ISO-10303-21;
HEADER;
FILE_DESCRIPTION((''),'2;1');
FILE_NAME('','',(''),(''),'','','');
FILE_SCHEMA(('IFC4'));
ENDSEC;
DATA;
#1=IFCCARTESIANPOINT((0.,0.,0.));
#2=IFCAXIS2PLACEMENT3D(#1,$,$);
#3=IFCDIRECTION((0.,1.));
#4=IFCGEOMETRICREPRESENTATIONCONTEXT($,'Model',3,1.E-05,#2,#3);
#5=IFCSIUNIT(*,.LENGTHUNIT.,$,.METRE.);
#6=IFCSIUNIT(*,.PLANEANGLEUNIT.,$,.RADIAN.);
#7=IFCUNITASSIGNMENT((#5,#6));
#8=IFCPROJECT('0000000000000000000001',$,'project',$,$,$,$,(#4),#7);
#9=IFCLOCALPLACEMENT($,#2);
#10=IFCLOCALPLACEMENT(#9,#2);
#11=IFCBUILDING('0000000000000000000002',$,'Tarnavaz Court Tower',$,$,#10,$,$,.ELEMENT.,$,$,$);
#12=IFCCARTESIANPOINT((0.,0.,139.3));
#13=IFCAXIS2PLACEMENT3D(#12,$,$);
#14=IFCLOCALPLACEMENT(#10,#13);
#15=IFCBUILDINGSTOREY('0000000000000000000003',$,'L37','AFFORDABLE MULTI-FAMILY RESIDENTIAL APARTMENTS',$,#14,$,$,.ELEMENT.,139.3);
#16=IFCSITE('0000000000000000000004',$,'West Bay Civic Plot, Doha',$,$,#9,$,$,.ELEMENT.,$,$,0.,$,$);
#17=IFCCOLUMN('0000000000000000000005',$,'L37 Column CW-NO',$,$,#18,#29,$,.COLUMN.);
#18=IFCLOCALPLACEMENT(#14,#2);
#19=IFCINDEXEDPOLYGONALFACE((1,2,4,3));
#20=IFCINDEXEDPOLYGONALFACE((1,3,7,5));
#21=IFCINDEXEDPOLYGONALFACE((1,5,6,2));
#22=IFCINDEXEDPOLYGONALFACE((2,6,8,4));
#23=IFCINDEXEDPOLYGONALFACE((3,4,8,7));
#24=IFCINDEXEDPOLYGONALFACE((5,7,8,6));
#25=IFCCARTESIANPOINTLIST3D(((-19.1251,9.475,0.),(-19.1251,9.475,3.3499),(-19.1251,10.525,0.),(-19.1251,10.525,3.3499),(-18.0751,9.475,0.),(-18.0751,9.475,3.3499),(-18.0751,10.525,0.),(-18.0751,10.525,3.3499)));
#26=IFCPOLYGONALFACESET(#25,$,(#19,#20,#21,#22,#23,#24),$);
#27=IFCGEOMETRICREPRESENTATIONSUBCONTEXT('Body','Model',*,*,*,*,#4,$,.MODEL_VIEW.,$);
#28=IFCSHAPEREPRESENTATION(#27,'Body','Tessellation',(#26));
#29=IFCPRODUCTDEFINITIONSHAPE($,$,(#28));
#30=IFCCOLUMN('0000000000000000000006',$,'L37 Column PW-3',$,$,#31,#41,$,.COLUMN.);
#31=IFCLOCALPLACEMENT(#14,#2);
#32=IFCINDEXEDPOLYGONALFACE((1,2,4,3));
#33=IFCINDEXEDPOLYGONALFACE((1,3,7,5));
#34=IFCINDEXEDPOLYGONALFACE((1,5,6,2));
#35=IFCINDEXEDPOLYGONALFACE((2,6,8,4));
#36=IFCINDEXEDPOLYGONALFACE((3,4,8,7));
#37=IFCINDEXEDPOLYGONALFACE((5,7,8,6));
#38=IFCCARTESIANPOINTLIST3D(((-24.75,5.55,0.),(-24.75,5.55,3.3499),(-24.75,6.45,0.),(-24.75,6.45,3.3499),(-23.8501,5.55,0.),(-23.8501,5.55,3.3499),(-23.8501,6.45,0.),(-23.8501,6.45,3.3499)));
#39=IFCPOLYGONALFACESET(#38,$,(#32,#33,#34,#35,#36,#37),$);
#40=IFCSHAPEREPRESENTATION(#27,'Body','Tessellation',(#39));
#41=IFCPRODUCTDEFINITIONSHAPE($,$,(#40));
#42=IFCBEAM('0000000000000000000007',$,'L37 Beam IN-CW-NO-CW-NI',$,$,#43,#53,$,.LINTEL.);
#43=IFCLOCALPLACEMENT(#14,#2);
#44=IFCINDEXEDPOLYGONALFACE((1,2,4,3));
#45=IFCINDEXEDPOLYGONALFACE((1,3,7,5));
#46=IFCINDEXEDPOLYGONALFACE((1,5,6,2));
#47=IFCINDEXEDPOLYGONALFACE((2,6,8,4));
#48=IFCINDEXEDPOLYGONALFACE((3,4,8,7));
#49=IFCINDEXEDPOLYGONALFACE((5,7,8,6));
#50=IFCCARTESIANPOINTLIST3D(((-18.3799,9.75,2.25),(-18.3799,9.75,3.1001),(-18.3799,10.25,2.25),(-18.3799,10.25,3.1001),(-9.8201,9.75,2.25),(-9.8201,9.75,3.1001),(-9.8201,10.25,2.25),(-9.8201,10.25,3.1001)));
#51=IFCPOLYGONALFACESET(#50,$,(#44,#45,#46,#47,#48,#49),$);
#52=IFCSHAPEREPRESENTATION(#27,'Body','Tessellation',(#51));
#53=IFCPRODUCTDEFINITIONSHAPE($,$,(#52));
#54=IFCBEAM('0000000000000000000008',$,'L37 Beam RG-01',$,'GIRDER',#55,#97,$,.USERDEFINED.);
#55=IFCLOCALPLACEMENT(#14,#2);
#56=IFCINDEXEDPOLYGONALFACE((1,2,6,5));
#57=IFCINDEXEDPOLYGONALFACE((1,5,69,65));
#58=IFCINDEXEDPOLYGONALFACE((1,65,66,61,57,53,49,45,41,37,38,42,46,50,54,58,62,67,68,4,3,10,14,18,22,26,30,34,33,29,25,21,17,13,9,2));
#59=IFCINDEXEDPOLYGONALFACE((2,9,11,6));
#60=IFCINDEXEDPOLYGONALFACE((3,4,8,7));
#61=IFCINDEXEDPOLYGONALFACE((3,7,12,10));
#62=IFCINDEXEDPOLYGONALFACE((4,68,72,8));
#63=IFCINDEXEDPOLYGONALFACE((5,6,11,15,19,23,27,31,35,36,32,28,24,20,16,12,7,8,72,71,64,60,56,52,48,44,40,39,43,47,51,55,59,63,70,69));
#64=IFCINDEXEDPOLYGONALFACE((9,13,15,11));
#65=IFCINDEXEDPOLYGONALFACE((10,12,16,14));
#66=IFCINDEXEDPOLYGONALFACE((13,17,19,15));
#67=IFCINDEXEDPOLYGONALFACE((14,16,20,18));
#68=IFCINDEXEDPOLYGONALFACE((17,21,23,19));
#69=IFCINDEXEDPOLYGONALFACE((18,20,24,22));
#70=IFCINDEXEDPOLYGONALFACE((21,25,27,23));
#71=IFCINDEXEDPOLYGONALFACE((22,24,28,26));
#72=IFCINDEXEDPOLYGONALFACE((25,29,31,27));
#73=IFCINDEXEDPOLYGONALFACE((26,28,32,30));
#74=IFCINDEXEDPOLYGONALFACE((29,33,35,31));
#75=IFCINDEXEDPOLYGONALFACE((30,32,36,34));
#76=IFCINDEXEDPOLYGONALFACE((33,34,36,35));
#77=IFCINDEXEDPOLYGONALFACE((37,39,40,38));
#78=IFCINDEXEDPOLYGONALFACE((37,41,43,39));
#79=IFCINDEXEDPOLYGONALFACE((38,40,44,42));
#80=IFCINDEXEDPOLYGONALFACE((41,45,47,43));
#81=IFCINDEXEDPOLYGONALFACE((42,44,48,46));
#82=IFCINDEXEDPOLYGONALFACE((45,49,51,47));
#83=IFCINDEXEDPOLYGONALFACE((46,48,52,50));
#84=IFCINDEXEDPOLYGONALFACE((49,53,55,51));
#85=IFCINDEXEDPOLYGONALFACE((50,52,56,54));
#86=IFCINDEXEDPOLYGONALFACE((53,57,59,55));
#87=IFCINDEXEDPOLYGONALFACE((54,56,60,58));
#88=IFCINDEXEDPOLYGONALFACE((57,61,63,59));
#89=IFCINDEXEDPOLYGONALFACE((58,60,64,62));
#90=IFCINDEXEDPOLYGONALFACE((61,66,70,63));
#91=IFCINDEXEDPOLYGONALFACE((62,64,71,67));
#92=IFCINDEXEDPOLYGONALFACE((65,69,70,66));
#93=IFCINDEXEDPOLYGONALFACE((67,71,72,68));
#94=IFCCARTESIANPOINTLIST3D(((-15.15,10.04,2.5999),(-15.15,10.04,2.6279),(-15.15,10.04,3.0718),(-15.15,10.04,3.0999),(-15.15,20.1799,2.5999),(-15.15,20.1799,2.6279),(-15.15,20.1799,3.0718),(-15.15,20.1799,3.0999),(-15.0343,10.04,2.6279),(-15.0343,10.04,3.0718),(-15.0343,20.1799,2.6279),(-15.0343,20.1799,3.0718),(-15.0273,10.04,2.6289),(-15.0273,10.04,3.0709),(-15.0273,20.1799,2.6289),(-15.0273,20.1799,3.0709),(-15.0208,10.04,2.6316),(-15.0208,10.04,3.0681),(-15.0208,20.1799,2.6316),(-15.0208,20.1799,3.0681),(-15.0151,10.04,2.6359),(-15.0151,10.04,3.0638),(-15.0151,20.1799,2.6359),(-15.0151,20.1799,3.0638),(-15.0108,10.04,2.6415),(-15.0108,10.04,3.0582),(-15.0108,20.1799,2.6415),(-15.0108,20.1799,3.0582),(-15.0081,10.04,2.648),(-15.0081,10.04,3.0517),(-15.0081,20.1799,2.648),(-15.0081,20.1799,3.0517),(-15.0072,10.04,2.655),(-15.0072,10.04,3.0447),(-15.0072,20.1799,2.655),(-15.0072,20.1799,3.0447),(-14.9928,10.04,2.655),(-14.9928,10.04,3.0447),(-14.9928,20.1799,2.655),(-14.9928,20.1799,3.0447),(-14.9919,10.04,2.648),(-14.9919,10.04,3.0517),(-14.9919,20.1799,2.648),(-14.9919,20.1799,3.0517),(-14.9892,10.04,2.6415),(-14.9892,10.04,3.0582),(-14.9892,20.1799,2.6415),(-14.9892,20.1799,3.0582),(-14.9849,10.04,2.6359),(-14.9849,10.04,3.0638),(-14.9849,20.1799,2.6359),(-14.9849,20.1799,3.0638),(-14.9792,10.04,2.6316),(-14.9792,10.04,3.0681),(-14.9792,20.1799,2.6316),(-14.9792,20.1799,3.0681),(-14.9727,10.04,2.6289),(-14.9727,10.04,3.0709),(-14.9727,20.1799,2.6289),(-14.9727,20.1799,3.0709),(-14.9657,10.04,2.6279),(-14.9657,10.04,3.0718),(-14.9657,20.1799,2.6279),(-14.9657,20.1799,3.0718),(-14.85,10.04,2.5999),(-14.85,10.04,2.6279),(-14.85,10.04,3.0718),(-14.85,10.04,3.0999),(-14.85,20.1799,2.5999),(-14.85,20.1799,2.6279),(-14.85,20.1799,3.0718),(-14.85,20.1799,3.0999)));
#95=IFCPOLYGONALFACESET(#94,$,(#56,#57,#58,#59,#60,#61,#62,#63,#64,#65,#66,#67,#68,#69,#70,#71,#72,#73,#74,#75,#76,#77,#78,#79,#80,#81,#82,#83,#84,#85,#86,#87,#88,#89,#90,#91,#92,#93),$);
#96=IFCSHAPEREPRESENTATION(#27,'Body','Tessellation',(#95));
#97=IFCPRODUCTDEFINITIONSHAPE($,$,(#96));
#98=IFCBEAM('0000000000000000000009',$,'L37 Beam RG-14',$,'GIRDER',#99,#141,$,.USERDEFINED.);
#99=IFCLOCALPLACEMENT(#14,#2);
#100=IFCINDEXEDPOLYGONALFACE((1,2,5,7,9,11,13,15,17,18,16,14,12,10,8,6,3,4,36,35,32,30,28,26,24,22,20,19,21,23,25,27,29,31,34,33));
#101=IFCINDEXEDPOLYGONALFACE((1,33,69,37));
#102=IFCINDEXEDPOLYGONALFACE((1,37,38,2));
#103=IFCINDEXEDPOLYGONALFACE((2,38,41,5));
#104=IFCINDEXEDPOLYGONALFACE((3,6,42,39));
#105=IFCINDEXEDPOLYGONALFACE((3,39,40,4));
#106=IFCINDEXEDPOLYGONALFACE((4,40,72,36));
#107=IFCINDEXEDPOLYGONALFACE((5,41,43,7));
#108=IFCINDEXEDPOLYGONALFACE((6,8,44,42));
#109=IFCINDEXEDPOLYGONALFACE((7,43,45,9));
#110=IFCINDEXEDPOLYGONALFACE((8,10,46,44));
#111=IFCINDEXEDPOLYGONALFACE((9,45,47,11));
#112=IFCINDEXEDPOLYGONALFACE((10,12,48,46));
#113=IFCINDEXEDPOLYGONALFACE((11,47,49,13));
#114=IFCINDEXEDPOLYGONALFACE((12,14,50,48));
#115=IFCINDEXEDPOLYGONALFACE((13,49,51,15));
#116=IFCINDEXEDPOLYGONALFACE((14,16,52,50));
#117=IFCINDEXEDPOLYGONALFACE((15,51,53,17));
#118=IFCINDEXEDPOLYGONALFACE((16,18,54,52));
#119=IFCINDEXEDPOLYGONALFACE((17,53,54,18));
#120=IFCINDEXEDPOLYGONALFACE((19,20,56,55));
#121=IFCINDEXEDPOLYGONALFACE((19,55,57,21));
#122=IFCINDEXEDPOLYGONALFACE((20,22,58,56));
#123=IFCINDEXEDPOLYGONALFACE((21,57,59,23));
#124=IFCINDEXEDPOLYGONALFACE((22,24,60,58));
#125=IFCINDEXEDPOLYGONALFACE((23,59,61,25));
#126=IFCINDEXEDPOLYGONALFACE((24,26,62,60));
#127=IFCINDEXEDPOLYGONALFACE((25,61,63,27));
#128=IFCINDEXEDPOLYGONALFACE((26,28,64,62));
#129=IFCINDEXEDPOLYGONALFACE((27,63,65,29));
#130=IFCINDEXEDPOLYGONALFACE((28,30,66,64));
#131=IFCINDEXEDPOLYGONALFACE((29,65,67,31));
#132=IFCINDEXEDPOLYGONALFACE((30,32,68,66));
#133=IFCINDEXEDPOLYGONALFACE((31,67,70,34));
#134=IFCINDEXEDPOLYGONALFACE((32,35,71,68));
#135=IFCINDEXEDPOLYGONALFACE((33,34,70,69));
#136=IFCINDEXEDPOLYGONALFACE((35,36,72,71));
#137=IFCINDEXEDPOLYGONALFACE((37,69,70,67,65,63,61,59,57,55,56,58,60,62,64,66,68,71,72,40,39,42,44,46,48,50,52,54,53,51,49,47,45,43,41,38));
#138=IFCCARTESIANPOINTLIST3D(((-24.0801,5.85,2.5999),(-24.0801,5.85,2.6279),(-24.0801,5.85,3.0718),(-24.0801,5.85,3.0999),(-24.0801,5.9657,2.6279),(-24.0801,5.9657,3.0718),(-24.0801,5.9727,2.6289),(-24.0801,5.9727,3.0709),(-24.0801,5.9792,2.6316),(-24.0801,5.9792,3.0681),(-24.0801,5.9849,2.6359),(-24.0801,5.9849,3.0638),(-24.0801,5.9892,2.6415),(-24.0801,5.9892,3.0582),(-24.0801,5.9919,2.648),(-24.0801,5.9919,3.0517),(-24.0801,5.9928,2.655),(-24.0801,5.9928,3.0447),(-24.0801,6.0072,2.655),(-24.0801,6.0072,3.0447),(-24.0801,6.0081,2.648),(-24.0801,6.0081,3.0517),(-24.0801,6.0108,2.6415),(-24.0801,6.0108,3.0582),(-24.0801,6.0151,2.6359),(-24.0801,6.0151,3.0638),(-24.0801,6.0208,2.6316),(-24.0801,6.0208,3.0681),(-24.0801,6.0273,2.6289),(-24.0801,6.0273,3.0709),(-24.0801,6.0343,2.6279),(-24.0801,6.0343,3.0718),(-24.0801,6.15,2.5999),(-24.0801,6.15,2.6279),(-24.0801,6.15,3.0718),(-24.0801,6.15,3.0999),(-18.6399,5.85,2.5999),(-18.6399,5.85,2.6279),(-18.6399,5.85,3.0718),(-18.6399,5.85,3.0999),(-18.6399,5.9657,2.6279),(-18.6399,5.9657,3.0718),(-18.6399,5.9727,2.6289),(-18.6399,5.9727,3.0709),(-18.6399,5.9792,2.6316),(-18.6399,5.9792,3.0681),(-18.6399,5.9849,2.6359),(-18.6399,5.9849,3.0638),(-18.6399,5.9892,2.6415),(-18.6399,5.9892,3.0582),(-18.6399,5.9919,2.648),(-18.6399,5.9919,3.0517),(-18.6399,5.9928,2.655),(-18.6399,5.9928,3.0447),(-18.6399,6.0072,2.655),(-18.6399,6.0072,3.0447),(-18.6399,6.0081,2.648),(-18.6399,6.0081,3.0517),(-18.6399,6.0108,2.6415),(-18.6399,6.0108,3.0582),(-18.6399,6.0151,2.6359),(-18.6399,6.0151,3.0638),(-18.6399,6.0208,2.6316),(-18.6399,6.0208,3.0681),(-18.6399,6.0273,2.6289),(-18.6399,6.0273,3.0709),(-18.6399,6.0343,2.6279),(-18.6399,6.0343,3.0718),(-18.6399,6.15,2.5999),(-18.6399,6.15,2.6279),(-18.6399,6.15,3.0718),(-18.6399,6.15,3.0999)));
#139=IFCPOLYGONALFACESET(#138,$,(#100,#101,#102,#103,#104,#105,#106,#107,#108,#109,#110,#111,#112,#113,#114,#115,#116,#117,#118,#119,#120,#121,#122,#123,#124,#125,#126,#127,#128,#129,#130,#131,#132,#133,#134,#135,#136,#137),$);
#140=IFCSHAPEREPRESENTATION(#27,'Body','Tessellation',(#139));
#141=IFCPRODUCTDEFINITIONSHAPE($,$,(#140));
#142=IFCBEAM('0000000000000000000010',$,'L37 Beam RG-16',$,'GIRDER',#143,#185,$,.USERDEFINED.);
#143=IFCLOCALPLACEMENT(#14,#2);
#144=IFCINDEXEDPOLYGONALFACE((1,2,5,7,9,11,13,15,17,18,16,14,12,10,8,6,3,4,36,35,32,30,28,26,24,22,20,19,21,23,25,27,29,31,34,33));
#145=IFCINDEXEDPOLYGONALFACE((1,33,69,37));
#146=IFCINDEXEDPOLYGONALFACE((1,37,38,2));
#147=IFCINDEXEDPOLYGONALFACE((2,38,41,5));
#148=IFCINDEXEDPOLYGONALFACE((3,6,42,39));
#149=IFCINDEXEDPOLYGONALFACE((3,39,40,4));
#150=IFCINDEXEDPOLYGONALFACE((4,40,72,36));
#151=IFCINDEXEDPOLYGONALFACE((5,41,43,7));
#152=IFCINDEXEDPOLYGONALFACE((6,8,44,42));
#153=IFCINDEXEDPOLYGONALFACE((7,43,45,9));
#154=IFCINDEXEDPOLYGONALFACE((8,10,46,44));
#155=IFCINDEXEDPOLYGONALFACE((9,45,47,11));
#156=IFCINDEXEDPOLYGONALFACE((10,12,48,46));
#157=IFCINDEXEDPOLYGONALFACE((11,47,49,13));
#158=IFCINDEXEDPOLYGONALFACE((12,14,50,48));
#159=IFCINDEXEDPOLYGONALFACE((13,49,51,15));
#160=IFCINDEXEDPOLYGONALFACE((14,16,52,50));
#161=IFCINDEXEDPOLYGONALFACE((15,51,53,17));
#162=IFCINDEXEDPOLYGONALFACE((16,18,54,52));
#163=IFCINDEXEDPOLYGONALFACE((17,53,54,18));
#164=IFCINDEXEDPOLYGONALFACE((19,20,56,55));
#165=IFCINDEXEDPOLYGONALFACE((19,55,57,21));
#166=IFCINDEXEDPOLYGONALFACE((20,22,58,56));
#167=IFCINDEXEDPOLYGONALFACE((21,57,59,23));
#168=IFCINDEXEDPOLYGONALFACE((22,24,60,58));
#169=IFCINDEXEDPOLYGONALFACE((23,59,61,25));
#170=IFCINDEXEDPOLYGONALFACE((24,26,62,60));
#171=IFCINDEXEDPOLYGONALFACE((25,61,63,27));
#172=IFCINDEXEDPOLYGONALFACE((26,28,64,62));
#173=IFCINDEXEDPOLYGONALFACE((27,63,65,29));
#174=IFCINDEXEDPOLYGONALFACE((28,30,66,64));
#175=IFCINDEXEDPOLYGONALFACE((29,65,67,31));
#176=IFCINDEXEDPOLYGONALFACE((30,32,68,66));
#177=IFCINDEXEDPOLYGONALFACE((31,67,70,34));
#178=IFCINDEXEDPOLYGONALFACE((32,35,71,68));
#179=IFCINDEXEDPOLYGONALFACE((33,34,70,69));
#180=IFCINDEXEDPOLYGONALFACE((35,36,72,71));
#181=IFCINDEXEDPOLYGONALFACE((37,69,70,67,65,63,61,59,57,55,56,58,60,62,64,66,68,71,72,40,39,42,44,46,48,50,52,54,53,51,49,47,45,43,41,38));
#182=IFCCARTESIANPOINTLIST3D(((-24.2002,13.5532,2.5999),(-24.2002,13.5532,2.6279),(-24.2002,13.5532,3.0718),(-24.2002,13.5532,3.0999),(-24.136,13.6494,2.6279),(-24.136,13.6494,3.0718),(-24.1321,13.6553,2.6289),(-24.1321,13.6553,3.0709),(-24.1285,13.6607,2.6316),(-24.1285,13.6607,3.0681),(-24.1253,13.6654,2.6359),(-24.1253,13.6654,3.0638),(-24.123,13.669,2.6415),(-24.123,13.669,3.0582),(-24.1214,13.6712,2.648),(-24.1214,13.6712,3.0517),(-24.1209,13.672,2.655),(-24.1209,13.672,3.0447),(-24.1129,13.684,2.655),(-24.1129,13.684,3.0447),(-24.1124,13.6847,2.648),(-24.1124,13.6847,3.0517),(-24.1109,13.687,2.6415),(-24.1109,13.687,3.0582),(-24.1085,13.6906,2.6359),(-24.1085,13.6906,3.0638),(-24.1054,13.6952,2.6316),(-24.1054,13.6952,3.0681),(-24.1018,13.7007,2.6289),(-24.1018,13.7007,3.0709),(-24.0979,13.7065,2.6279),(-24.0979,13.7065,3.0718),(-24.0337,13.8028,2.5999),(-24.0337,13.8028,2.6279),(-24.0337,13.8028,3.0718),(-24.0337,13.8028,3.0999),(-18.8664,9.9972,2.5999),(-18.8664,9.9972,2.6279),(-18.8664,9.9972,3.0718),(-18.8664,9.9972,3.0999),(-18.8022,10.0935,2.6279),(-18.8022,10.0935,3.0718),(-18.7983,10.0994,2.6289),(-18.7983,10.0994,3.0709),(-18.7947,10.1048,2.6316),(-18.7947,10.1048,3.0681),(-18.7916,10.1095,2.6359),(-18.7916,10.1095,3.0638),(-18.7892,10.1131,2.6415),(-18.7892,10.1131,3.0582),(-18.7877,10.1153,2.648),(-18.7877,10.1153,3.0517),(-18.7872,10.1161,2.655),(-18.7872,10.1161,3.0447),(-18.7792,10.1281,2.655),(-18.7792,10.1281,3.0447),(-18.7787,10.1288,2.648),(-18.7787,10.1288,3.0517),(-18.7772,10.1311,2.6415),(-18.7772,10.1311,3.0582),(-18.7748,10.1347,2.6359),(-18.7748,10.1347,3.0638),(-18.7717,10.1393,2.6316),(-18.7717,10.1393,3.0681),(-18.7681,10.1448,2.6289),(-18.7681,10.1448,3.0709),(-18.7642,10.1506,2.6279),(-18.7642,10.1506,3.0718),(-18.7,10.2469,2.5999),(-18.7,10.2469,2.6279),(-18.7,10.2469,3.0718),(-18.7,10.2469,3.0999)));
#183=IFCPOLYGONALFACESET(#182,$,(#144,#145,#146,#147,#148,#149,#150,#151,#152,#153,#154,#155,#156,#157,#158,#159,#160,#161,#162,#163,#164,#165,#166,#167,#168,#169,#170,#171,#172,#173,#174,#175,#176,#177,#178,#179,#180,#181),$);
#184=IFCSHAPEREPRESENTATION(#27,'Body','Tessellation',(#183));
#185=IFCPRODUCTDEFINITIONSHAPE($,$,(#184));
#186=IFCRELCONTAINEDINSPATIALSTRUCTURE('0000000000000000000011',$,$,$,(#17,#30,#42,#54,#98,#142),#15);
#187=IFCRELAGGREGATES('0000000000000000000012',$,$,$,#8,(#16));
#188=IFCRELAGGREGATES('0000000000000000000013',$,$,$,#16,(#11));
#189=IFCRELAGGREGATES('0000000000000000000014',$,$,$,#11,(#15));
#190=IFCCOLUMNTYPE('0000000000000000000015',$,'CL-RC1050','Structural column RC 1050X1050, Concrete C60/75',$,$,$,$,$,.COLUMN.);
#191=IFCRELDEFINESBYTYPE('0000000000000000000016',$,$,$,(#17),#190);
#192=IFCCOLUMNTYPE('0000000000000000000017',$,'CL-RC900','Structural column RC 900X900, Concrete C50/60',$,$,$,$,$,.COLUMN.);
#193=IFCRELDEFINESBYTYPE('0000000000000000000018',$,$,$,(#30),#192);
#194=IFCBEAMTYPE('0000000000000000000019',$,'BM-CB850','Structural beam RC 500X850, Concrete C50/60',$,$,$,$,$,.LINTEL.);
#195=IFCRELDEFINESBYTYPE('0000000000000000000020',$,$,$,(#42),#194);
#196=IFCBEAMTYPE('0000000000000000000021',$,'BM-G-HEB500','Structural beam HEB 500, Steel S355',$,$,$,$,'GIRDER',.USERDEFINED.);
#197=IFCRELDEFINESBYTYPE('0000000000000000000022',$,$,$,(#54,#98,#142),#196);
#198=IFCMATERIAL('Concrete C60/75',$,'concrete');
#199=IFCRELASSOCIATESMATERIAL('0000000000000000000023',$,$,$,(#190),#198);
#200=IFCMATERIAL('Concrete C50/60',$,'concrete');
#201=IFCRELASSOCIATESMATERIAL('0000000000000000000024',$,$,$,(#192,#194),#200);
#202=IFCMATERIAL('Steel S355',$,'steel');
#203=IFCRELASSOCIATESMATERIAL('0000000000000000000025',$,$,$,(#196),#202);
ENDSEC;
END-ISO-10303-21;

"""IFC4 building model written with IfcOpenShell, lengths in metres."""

from ifc_helpers import new_model, si_unit, direction, frame, origin, origin_2d, place, context, subcontext, project, spatial, rectangle, i_section, extrude, material, material_profile, profile_set, type_object, element, save


model = new_model("IFC4")

# Units and contexts
model_context = context("Model", 3, precision=1e-05, world=origin(), true_north=direction((0.0, 1.0)))
body_context = subcontext(model_context, "Body", "Model", "MODEL_VIEW")
ifc_project = project(units=[si_unit("LENGTHUNIT", "METRE"), si_unit("PLANEANGLEUNIT", "RADIAN")], contexts=[model_context])

# Site, building, storey
site_placement = place(None, origin())
site = spatial("IfcSite", under=ifc_project, at=site_placement, Name="West Bay Civic Plot, Doha", CompositionType="ELEMENT", RefElevation=0.0)
building_placement = place(site_placement, origin())
building = spatial("IfcBuilding", under=site, at=building_placement, Name="Tarnavaz Court Tower", CompositionType="ELEMENT")
storey_placement = place(building_placement, frame((0.0, 0.0, 139.3)))
storey = spatial("IfcBuildingStorey", under=building, at=storey_placement, Name="L37", Description="AFFORDABLE MULTI-FAMILY RESIDENTIAL APARTMENTS", CompositionType="ELEMENT", Elevation=139.3)

# Columns
ifc_material_1 = material(Name="Concrete C60/75", Category="concrete")
ifc_material_profile_1 = material_profile(ifc_material_1, rectangle(XDim=1.05, YDim=1.05, at=origin_2d()), Name="RC 1050X1050")
ifc_profile_set_1 = profile_set([ifc_material_profile_1], Name="Concrete C60/75")
column_type_1 = type_object("IfcColumnType", Name="CL-RC1050", Description="Structural column RC 1050X1050, Concrete C60/75", PredefinedType="COLUMN", material=ifc_profile_set_1)
column_1_placement = place(storey_placement, frame((-18.6001, 10.0, 0.0), z_axis=(0.0, 0.0, 1.0), x_axis=(1.0, 0.0, 0.0)))
element("IfcColumn", 1, at=column_1_placement, inside=storey, type_object=column_type_1, Name="L37 Column CW-NO", PredefinedType="COLUMN", context=body_context, shape_type="SweptSolid", body=[
    extrude(rectangle(XDim=1.05, YDim=1.05, at=origin_2d()), origin(), (0.0, 0.0, 1.0), 3.3499),
])
ifc_material_2 = material(Name="Concrete C50/60", Category="concrete")
ifc_material_profile_2 = material_profile(ifc_material_2, rectangle(XDim=0.8999, YDim=0.8999, at=origin_2d()), Name="RC 900X900")
ifc_profile_set_2 = profile_set([ifc_material_profile_2], Name="Concrete C50/60")
column_type_2 = type_object("IfcColumnType", Name="CL-RC900", Description="Structural column RC 900X900, Concrete C50/60", PredefinedType="COLUMN", material=ifc_profile_set_2)
column_2_placement = place(storey_placement, frame((-24.3, 6.0, 0.0), z_axis=(0.0, 0.0, 1.0), x_axis=(1.0, 0.0, 0.0)))
element("IfcColumn", 2, at=column_2_placement, inside=storey, type_object=column_type_2, Name="L37 Column PW-3", PredefinedType="COLUMN", context=body_context, shape_type="SweptSolid", body=[
    extrude(rectangle(XDim=0.8999, YDim=0.8999, at=origin_2d()), origin(), (0.0, 0.0, 1.0), 3.3499),
])

# Beams
ifc_material_profile_3 = material_profile(ifc_material_2, rectangle(XDim=0.5, YDim=0.8501, at=origin_2d()), Name="RC 500X850")
ifc_profile_set_3 = profile_set([ifc_material_profile_3], Name="Concrete C50/60")
beam_type_1 = type_object("IfcBeamType", Name="BM-CB850", Description="Structural beam RC 500X850, Concrete C50/60", PredefinedType="LINTEL", material=ifc_profile_set_3)
beam_1_placement = place(storey_placement, frame((-18.3799, 10.0, 2.675), z_axis=(1.0, 0.0, 0.0), x_axis=(0.0, 1.0, 0.0)))
element("IfcBeam", 3, at=beam_1_placement, inside=storey, type_object=beam_type_1, Name="L37 Beam IN-CW-NO-CW-NI", PredefinedType="LINTEL", context=body_context, shape_type="SweptSolid", body=[
    extrude(rectangle(XDim=0.5, YDim=0.8501, at=origin_2d()), origin(), (0.0, 0.0, 1.0), 8.5598),
])
ifc_material_3 = material(Name="Steel S355", Category="steel")
ifc_material_profile_4 = material_profile(ifc_material_3, i_section(OverallWidth=0.3, OverallDepth=0.5, WebThickness=0.0144, FlangeThickness=0.0281, FilletRadius=0.0271, at=origin_2d()), Name="HEB 500")
ifc_profile_set_4 = profile_set([ifc_material_profile_4], Name="Steel S355")
beam_type_2 = type_object("IfcBeamType", Name="BM-G-HEB500", Description="Structural beam HEB 500, Steel S355", ElementType="GIRDER", PredefinedType="USERDEFINED", material=ifc_profile_set_4)
beam_2_placement = place(storey_placement, frame((-15.0, 10.04, 2.8499), z_axis=(0.0, 1.0, 0.0), x_axis=(-1.0, 0.0, 0.0)))
element("IfcBeam", 4, at=beam_2_placement, inside=storey, type_object=beam_type_2, Name="L37 Beam RG-01", ObjectType="GIRDER", PredefinedType="USERDEFINED", context=body_context, shape_type="SweptSolid", body=[
    extrude(i_section(OverallWidth=0.3, OverallDepth=0.5, WebThickness=0.0144, FlangeThickness=0.0281, FilletRadius=0.0271, at=origin_2d()), origin(), (0.0, 0.0, 1.0), 10.1399),
])
beam_3_placement = place(storey_placement, frame((-18.6399, 6.0, 2.8499), z_axis=(-1.0, 0.0, 0.0), x_axis=(0.0, -1.0, 0.0)))
element("IfcBeam", 5, at=beam_3_placement, inside=storey, type_object=beam_type_2, Name="L37 Beam RG-14", ObjectType="GIRDER", PredefinedType="USERDEFINED", context=body_context, shape_type="SweptSolid", body=[
    extrude(i_section(OverallWidth=0.3, OverallDepth=0.5, WebThickness=0.0144, FlangeThickness=0.0281, FilletRadius=0.0271, at=origin_2d()), origin(), (0.0, 0.0, 1.0), 5.4402),
])
beam_4_placement = place(storey_placement, frame((-18.7832, 10.1221, 2.8499), z_axis=(-0.832044, 0.554709, 0.0), x_axis=(-0.554709, -0.832044, 0.0)))
element("IfcBeam", 6, at=beam_4_placement, inside=storey, type_object=beam_type_2, Name="L37 Beam RG-16", ObjectType="GIRDER", PredefinedType="USERDEFINED", context=body_context, shape_type="SweptSolid", body=[
    extrude(i_section(OverallWidth=0.3, OverallDepth=0.5, WebThickness=0.0144, FlangeThickness=0.0281, FilletRadius=0.0271, at=origin_2d()), origin(), (0.0, 0.0, 1.0), 6.4104),
])

save(model, "model.ifc")
